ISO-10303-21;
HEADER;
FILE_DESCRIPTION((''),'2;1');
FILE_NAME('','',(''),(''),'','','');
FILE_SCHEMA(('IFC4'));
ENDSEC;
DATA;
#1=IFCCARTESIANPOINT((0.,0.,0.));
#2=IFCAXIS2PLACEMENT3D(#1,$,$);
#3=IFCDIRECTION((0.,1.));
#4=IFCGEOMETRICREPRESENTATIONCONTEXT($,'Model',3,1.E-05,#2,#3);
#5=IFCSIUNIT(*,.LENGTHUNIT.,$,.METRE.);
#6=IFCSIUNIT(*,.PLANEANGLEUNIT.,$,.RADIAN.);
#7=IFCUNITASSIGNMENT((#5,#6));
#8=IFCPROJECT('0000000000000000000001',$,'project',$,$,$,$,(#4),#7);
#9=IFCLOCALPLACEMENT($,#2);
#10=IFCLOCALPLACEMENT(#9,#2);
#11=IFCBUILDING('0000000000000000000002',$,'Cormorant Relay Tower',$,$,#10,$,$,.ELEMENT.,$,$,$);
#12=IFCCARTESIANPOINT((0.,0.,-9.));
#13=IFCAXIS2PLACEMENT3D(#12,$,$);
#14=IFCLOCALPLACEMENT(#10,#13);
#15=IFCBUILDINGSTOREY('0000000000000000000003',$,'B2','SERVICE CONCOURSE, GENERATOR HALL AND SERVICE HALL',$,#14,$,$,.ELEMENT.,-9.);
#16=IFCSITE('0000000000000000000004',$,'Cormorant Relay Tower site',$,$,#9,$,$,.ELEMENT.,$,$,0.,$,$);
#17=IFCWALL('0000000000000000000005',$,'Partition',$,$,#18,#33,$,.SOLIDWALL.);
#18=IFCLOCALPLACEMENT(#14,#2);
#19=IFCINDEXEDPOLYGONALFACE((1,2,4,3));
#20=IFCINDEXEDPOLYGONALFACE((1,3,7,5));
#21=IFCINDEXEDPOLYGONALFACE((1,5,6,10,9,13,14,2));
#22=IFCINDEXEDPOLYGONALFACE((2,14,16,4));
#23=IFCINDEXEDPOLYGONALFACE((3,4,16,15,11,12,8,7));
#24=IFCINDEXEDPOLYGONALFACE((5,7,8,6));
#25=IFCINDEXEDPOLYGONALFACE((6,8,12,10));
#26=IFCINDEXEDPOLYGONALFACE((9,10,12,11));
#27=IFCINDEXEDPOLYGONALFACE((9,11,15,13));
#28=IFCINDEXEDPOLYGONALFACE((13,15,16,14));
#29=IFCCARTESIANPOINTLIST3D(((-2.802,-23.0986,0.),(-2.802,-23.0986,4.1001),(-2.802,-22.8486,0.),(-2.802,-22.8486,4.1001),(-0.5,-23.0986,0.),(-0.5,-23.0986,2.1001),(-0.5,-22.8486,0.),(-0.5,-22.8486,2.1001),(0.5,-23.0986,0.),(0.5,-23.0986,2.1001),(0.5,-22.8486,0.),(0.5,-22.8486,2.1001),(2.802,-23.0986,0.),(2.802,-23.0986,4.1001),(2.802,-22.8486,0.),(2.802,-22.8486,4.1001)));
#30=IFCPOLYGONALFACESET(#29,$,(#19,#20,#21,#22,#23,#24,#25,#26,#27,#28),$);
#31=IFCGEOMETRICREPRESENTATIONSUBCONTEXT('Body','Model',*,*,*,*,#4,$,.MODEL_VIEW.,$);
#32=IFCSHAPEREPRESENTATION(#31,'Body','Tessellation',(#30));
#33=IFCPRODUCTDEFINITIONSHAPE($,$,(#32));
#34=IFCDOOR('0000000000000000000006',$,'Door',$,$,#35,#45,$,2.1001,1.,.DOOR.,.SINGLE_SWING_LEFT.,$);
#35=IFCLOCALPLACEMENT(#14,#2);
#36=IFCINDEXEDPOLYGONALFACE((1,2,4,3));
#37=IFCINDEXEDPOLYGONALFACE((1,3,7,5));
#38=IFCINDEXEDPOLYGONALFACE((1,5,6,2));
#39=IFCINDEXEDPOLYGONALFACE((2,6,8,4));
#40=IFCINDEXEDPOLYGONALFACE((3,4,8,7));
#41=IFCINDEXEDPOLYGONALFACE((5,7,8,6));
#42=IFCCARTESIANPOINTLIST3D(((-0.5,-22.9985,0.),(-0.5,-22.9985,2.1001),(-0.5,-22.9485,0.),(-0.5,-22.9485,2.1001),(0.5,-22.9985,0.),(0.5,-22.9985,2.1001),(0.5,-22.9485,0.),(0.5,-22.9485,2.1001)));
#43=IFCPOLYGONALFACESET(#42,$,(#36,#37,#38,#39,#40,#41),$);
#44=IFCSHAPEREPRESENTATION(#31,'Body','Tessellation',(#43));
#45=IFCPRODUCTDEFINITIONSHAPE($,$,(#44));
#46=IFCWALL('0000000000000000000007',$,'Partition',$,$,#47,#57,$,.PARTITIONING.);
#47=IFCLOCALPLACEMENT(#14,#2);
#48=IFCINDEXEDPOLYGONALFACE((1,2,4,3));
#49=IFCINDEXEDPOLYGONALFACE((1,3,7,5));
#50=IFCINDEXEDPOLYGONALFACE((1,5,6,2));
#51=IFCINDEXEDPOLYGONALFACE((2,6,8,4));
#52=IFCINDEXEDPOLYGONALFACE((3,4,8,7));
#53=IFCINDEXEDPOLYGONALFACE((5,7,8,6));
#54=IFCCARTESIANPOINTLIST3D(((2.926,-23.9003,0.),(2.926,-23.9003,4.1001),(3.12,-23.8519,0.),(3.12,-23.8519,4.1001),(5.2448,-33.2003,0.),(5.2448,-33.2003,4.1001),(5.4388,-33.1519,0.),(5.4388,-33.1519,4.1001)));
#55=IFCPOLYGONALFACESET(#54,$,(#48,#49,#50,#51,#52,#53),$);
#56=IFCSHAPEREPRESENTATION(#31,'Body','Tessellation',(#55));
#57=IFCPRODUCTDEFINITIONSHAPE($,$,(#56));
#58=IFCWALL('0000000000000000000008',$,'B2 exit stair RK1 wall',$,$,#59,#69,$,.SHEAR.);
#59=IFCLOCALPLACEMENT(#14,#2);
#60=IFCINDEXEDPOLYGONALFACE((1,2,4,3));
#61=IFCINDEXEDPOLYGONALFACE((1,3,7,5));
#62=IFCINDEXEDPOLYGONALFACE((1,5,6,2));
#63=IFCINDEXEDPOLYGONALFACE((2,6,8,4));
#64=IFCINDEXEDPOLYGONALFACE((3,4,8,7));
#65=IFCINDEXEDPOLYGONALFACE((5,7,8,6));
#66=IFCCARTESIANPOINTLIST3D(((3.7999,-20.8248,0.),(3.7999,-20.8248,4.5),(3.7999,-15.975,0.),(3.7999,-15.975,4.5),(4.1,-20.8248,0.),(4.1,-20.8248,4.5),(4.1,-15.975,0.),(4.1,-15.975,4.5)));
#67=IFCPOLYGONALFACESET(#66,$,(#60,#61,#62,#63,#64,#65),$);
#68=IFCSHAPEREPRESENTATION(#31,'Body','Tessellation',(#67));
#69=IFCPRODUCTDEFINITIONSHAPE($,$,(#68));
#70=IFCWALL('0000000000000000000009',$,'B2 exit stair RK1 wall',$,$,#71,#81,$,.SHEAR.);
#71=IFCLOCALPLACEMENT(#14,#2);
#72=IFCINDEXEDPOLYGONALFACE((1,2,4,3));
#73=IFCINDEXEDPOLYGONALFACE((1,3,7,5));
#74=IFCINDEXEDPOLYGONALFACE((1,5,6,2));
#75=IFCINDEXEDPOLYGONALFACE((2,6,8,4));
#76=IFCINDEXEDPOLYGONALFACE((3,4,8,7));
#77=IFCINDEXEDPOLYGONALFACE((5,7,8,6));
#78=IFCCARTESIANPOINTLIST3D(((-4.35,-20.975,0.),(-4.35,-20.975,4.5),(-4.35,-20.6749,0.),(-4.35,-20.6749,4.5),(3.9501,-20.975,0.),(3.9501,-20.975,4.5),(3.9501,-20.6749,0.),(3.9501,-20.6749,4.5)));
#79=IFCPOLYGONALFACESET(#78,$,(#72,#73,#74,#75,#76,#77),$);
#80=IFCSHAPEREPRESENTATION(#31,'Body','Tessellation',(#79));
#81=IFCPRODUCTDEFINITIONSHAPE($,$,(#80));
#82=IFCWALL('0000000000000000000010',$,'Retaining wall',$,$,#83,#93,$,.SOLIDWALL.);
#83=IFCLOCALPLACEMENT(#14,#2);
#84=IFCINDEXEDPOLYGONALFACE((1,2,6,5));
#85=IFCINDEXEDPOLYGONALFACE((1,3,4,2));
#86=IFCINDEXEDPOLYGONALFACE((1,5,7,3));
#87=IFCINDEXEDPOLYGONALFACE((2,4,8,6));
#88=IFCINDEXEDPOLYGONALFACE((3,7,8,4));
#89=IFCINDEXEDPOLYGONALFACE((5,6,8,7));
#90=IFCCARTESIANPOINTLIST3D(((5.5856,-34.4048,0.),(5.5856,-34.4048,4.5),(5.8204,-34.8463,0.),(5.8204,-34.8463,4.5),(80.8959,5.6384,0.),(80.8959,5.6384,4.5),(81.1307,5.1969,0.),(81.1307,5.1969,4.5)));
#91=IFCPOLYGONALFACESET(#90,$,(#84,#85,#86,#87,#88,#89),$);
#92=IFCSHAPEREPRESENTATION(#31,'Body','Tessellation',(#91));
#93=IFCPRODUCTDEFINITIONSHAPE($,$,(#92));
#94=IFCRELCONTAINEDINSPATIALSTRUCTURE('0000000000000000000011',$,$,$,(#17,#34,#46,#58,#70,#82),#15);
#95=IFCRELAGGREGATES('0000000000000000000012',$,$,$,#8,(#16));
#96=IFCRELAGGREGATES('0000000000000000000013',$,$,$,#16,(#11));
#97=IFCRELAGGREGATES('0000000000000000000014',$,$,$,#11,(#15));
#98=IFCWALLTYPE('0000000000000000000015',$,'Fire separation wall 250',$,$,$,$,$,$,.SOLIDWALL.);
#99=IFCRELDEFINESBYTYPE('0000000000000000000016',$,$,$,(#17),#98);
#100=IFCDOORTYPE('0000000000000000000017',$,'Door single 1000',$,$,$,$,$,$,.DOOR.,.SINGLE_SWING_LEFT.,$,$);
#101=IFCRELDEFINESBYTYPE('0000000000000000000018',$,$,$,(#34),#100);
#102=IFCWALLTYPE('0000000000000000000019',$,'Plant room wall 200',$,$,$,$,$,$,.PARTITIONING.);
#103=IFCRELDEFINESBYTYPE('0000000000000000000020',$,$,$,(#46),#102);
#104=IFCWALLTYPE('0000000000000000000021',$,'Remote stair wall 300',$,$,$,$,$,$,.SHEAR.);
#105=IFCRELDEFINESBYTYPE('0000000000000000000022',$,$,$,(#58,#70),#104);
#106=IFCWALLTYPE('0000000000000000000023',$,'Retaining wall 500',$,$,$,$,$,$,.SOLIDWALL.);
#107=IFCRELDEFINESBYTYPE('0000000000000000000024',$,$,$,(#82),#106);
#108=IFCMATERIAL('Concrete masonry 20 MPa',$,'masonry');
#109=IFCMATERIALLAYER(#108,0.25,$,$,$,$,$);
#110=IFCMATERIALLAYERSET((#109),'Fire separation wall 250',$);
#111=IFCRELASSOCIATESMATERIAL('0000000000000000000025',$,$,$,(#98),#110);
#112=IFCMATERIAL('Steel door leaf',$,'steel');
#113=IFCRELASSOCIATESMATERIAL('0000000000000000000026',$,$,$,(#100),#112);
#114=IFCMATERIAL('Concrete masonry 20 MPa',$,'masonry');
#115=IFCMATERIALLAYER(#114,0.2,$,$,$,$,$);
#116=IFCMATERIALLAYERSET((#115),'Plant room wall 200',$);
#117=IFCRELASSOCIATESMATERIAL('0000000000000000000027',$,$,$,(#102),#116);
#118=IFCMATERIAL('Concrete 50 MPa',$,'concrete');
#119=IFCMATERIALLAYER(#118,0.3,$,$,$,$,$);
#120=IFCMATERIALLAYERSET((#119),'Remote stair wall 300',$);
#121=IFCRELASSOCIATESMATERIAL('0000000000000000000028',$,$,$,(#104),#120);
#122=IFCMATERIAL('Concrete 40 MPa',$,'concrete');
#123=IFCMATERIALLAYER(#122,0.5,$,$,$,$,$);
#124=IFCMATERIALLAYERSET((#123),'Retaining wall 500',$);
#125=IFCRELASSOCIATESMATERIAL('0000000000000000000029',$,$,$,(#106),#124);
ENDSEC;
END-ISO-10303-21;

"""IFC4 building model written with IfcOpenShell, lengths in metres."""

from ifc_helpers import new_model, si_unit, direction, frame, frame_2d, origin, place, context, subcontext, project, spatial, rectangle, extrude, material, layer, layer_set, type_object, element, fill, save


model = new_model("IFC4")

# Units and contexts
model_context = context("Model", 3, precision=1e-05, world=origin(), true_north=direction((0.0, 1.0)))
body_context = subcontext(model_context, "Body", "Model", "MODEL_VIEW")
ifc_project = project(units=[si_unit("LENGTHUNIT", "METRE"), si_unit("PLANEANGLEUNIT", "RADIAN")], contexts=[model_context])

# Site, building, storey
site_placement = place(None, origin())
site = spatial("IfcSite", under=ifc_project, at=site_placement, Name="Cormorant Relay Tower site", CompositionType="ELEMENT", RefElevation=0.0)
building_placement = place(site_placement, origin())
building = spatial("IfcBuilding", under=site, at=building_placement, Name="Cormorant Relay Tower", CompositionType="ELEMENT")
storey_placement = place(building_placement, frame((0.0, 0.0, -9.0)))
storey = spatial("IfcBuildingStorey", under=building, at=storey_placement, Name="B2", Description="SERVICE CONCOURSE, GENERATOR HALL AND SERVICE HALL", CompositionType="ELEMENT", Elevation=-9.0)

# Shared definitions
ifc_material_1 = material(Name="Concrete masonry 20 MPa", Category="masonry")
ifc_layer_1 = layer(ifc_material_1, 0.25)
ifc_layer_set_1 = layer_set([ifc_layer_1], Name="Fire separation wall 250")
wall_type_1 = type_object("IfcWallType", Name="Fire separation wall 250", PredefinedType="SOLIDWALL", material=ifc_layer_set_1)
ifc_material_2 = material(Name="Steel door leaf", Category="steel")
door_type = type_object("IfcDoorType", Name="Door single 1000", OperationType="SINGLE_SWING_LEFT", PredefinedType="DOOR", material=ifc_material_2)

# Wall, opening, door
wall_1_placement = place(storey_placement, frame((2.802, -22.9736, 0.0), z_axis=(0.0, 0.0, 1.0), x_axis=(-1.0, 0.0, 0.0)))
wall_1 = element("IfcWall", 1, at=wall_1_placement, inside=storey, type_object=wall_type_1, Name="Partition", PredefinedType="SOLIDWALL", context=body_context, shape_type="SweptSolid", body=[
    extrude(rectangle(XDim=5.604, YDim=0.25, at=frame_2d((2.802, 0.0))), origin(), (0.0, 0.0, 1.0), 4.1001),
])
opening_1_placement = place(wall_1_placement, frame((2.302, 0.0, 0.0)))
opening_1 = element("IfcOpeningElement", 2, at=opening_1_placement, cuts=wall_1, PredefinedType="OPENING", context=body_context, shape_type="SweptSolid", body=[
    extrude(rectangle(XDim=1.0, YDim=2.1001, at=frame_2d((0.5, 1.05))), frame((0.0, 0.135, 0.0), z_axis=(0.0, -1.0, 0.0), x_axis=(1.0, 0.0, 0.0)), (0.0, 0.0, 1.0), 0.27),
])
door_1_placement = place(opening_1_placement, origin())
door_1 = element("IfcDoor", 3, at=door_1_placement, inside=storey, type_object=door_type, Name="Door", OperationType="SINGLE_SWING_LEFT", OverallHeight=2.1001, OverallWidth=1.0, PredefinedType="DOOR", context=body_context, shape_type="SweptSolid", body=[
    extrude(rectangle(XDim=1.0, YDim=2.1001, at=frame_2d((0.5, 1.05))), frame((0.0, 0.0249, 0.0), z_axis=(0.0, -1.0, 0.0), x_axis=(1.0, 0.0, 0.0)), (0.0, 0.0, 1.0), 0.05),
])
fill(opening_1, door_1)

# Walls
ifc_material_3 = material(Name="Concrete masonry 20 MPa", Category="masonry")
ifc_layer_2 = layer(ifc_material_3, 0.2)
ifc_layer_set_2 = layer_set([ifc_layer_2], Name="Plant room wall 200")
wall_type_2 = type_object("IfcWallType", Name="Plant room wall 200", PredefinedType="PARTITIONING", material=ifc_layer_set_2)
wall_2_placement = place(storey_placement, frame((3.0229, -23.876, 0.0), z_axis=(0.0, 0.0, 1.0), x_axis=(0.24193, -0.970294, 0.0)))
element("IfcWall", 4, at=wall_2_placement, inside=storey, type_object=wall_type_2, Name="Partition", PredefinedType="PARTITIONING", context=body_context, shape_type="SweptSolid", body=[
    extrude(rectangle(XDim=9.5847, YDim=0.2, at=frame_2d((4.7925, 0.0))), origin(), (0.0, 0.0, 1.0), 4.1001),
])
ifc_material_4 = material(Name="Concrete 50 MPa", Category="concrete")
ifc_layer_3 = layer(ifc_material_4, 0.3)
ifc_layer_set_3 = layer_set([ifc_layer_3], Name="Remote stair wall 300")
wall_type_3 = type_object("IfcWallType", Name="Remote stair wall 300", PredefinedType="SHEAR", material=ifc_layer_set_3)
wall_3_placement = place(storey_placement, frame((3.95, -15.9751, 0.0), z_axis=(0.0, 0.0, 1.0), x_axis=(0.0, -1.0, 0.0)))
element("IfcWall", 5, at=wall_3_placement, inside=storey, type_object=wall_type_3, Name="B2 exit stair RK1 wall", PredefinedType="SHEAR", context=body_context, shape_type="SweptSolid", body=[
    extrude(rectangle(XDim=4.8499, YDim=0.3, at=frame_2d((2.4248, 0.0))), origin(), (0.0, 0.0, 1.0), 4.5),
])
wall_4_placement = place(storey_placement, frame((3.95, -20.825, 0.0), z_axis=(0.0, 0.0, 1.0), x_axis=(-1.0, 0.0, 0.0)))
element("IfcWall", 6, at=wall_4_placement, inside=storey, type_object=wall_type_3, Name="B2 exit stair RK1 wall", PredefinedType="SHEAR", context=body_context, shape_type="SweptSolid", body=[
    extrude(rectangle(XDim=8.3, YDim=0.3, at=frame_2d((4.1499, 0.0))), origin(), (0.0, 0.0, 1.0), 4.5),
])
ifc_material_5 = material(Name="Concrete 40 MPa", Category="concrete")
ifc_layer_4 = layer(ifc_material_5, 0.5)
ifc_layer_set_4 = layer_set([ifc_layer_4], Name="Retaining wall 500")
wall_type_4 = type_object("IfcWallType", Name="Retaining wall 500", PredefinedType="SOLIDWALL", material=ifc_layer_set_4)
wall_5_placement = place(storey_placement, frame((5.7031, -34.6255, 0.0), z_axis=(0.0, 0.0, 1.0), x_axis=(0.882948, 0.469472, 0.0)))
element("IfcWall", 7, at=wall_5_placement, inside=storey, type_object=wall_type_4, Name="Retaining wall", PredefinedType="SOLIDWALL", context=body_context, shape_type="SweptSolid", body=[
    extrude(rectangle(XDim=85.2942, YDim=0.5, at=frame_2d((42.647, 0.0))), origin(), (0.0, 0.0, 1.0), 4.5),
])

save(model, "model.ifc")
